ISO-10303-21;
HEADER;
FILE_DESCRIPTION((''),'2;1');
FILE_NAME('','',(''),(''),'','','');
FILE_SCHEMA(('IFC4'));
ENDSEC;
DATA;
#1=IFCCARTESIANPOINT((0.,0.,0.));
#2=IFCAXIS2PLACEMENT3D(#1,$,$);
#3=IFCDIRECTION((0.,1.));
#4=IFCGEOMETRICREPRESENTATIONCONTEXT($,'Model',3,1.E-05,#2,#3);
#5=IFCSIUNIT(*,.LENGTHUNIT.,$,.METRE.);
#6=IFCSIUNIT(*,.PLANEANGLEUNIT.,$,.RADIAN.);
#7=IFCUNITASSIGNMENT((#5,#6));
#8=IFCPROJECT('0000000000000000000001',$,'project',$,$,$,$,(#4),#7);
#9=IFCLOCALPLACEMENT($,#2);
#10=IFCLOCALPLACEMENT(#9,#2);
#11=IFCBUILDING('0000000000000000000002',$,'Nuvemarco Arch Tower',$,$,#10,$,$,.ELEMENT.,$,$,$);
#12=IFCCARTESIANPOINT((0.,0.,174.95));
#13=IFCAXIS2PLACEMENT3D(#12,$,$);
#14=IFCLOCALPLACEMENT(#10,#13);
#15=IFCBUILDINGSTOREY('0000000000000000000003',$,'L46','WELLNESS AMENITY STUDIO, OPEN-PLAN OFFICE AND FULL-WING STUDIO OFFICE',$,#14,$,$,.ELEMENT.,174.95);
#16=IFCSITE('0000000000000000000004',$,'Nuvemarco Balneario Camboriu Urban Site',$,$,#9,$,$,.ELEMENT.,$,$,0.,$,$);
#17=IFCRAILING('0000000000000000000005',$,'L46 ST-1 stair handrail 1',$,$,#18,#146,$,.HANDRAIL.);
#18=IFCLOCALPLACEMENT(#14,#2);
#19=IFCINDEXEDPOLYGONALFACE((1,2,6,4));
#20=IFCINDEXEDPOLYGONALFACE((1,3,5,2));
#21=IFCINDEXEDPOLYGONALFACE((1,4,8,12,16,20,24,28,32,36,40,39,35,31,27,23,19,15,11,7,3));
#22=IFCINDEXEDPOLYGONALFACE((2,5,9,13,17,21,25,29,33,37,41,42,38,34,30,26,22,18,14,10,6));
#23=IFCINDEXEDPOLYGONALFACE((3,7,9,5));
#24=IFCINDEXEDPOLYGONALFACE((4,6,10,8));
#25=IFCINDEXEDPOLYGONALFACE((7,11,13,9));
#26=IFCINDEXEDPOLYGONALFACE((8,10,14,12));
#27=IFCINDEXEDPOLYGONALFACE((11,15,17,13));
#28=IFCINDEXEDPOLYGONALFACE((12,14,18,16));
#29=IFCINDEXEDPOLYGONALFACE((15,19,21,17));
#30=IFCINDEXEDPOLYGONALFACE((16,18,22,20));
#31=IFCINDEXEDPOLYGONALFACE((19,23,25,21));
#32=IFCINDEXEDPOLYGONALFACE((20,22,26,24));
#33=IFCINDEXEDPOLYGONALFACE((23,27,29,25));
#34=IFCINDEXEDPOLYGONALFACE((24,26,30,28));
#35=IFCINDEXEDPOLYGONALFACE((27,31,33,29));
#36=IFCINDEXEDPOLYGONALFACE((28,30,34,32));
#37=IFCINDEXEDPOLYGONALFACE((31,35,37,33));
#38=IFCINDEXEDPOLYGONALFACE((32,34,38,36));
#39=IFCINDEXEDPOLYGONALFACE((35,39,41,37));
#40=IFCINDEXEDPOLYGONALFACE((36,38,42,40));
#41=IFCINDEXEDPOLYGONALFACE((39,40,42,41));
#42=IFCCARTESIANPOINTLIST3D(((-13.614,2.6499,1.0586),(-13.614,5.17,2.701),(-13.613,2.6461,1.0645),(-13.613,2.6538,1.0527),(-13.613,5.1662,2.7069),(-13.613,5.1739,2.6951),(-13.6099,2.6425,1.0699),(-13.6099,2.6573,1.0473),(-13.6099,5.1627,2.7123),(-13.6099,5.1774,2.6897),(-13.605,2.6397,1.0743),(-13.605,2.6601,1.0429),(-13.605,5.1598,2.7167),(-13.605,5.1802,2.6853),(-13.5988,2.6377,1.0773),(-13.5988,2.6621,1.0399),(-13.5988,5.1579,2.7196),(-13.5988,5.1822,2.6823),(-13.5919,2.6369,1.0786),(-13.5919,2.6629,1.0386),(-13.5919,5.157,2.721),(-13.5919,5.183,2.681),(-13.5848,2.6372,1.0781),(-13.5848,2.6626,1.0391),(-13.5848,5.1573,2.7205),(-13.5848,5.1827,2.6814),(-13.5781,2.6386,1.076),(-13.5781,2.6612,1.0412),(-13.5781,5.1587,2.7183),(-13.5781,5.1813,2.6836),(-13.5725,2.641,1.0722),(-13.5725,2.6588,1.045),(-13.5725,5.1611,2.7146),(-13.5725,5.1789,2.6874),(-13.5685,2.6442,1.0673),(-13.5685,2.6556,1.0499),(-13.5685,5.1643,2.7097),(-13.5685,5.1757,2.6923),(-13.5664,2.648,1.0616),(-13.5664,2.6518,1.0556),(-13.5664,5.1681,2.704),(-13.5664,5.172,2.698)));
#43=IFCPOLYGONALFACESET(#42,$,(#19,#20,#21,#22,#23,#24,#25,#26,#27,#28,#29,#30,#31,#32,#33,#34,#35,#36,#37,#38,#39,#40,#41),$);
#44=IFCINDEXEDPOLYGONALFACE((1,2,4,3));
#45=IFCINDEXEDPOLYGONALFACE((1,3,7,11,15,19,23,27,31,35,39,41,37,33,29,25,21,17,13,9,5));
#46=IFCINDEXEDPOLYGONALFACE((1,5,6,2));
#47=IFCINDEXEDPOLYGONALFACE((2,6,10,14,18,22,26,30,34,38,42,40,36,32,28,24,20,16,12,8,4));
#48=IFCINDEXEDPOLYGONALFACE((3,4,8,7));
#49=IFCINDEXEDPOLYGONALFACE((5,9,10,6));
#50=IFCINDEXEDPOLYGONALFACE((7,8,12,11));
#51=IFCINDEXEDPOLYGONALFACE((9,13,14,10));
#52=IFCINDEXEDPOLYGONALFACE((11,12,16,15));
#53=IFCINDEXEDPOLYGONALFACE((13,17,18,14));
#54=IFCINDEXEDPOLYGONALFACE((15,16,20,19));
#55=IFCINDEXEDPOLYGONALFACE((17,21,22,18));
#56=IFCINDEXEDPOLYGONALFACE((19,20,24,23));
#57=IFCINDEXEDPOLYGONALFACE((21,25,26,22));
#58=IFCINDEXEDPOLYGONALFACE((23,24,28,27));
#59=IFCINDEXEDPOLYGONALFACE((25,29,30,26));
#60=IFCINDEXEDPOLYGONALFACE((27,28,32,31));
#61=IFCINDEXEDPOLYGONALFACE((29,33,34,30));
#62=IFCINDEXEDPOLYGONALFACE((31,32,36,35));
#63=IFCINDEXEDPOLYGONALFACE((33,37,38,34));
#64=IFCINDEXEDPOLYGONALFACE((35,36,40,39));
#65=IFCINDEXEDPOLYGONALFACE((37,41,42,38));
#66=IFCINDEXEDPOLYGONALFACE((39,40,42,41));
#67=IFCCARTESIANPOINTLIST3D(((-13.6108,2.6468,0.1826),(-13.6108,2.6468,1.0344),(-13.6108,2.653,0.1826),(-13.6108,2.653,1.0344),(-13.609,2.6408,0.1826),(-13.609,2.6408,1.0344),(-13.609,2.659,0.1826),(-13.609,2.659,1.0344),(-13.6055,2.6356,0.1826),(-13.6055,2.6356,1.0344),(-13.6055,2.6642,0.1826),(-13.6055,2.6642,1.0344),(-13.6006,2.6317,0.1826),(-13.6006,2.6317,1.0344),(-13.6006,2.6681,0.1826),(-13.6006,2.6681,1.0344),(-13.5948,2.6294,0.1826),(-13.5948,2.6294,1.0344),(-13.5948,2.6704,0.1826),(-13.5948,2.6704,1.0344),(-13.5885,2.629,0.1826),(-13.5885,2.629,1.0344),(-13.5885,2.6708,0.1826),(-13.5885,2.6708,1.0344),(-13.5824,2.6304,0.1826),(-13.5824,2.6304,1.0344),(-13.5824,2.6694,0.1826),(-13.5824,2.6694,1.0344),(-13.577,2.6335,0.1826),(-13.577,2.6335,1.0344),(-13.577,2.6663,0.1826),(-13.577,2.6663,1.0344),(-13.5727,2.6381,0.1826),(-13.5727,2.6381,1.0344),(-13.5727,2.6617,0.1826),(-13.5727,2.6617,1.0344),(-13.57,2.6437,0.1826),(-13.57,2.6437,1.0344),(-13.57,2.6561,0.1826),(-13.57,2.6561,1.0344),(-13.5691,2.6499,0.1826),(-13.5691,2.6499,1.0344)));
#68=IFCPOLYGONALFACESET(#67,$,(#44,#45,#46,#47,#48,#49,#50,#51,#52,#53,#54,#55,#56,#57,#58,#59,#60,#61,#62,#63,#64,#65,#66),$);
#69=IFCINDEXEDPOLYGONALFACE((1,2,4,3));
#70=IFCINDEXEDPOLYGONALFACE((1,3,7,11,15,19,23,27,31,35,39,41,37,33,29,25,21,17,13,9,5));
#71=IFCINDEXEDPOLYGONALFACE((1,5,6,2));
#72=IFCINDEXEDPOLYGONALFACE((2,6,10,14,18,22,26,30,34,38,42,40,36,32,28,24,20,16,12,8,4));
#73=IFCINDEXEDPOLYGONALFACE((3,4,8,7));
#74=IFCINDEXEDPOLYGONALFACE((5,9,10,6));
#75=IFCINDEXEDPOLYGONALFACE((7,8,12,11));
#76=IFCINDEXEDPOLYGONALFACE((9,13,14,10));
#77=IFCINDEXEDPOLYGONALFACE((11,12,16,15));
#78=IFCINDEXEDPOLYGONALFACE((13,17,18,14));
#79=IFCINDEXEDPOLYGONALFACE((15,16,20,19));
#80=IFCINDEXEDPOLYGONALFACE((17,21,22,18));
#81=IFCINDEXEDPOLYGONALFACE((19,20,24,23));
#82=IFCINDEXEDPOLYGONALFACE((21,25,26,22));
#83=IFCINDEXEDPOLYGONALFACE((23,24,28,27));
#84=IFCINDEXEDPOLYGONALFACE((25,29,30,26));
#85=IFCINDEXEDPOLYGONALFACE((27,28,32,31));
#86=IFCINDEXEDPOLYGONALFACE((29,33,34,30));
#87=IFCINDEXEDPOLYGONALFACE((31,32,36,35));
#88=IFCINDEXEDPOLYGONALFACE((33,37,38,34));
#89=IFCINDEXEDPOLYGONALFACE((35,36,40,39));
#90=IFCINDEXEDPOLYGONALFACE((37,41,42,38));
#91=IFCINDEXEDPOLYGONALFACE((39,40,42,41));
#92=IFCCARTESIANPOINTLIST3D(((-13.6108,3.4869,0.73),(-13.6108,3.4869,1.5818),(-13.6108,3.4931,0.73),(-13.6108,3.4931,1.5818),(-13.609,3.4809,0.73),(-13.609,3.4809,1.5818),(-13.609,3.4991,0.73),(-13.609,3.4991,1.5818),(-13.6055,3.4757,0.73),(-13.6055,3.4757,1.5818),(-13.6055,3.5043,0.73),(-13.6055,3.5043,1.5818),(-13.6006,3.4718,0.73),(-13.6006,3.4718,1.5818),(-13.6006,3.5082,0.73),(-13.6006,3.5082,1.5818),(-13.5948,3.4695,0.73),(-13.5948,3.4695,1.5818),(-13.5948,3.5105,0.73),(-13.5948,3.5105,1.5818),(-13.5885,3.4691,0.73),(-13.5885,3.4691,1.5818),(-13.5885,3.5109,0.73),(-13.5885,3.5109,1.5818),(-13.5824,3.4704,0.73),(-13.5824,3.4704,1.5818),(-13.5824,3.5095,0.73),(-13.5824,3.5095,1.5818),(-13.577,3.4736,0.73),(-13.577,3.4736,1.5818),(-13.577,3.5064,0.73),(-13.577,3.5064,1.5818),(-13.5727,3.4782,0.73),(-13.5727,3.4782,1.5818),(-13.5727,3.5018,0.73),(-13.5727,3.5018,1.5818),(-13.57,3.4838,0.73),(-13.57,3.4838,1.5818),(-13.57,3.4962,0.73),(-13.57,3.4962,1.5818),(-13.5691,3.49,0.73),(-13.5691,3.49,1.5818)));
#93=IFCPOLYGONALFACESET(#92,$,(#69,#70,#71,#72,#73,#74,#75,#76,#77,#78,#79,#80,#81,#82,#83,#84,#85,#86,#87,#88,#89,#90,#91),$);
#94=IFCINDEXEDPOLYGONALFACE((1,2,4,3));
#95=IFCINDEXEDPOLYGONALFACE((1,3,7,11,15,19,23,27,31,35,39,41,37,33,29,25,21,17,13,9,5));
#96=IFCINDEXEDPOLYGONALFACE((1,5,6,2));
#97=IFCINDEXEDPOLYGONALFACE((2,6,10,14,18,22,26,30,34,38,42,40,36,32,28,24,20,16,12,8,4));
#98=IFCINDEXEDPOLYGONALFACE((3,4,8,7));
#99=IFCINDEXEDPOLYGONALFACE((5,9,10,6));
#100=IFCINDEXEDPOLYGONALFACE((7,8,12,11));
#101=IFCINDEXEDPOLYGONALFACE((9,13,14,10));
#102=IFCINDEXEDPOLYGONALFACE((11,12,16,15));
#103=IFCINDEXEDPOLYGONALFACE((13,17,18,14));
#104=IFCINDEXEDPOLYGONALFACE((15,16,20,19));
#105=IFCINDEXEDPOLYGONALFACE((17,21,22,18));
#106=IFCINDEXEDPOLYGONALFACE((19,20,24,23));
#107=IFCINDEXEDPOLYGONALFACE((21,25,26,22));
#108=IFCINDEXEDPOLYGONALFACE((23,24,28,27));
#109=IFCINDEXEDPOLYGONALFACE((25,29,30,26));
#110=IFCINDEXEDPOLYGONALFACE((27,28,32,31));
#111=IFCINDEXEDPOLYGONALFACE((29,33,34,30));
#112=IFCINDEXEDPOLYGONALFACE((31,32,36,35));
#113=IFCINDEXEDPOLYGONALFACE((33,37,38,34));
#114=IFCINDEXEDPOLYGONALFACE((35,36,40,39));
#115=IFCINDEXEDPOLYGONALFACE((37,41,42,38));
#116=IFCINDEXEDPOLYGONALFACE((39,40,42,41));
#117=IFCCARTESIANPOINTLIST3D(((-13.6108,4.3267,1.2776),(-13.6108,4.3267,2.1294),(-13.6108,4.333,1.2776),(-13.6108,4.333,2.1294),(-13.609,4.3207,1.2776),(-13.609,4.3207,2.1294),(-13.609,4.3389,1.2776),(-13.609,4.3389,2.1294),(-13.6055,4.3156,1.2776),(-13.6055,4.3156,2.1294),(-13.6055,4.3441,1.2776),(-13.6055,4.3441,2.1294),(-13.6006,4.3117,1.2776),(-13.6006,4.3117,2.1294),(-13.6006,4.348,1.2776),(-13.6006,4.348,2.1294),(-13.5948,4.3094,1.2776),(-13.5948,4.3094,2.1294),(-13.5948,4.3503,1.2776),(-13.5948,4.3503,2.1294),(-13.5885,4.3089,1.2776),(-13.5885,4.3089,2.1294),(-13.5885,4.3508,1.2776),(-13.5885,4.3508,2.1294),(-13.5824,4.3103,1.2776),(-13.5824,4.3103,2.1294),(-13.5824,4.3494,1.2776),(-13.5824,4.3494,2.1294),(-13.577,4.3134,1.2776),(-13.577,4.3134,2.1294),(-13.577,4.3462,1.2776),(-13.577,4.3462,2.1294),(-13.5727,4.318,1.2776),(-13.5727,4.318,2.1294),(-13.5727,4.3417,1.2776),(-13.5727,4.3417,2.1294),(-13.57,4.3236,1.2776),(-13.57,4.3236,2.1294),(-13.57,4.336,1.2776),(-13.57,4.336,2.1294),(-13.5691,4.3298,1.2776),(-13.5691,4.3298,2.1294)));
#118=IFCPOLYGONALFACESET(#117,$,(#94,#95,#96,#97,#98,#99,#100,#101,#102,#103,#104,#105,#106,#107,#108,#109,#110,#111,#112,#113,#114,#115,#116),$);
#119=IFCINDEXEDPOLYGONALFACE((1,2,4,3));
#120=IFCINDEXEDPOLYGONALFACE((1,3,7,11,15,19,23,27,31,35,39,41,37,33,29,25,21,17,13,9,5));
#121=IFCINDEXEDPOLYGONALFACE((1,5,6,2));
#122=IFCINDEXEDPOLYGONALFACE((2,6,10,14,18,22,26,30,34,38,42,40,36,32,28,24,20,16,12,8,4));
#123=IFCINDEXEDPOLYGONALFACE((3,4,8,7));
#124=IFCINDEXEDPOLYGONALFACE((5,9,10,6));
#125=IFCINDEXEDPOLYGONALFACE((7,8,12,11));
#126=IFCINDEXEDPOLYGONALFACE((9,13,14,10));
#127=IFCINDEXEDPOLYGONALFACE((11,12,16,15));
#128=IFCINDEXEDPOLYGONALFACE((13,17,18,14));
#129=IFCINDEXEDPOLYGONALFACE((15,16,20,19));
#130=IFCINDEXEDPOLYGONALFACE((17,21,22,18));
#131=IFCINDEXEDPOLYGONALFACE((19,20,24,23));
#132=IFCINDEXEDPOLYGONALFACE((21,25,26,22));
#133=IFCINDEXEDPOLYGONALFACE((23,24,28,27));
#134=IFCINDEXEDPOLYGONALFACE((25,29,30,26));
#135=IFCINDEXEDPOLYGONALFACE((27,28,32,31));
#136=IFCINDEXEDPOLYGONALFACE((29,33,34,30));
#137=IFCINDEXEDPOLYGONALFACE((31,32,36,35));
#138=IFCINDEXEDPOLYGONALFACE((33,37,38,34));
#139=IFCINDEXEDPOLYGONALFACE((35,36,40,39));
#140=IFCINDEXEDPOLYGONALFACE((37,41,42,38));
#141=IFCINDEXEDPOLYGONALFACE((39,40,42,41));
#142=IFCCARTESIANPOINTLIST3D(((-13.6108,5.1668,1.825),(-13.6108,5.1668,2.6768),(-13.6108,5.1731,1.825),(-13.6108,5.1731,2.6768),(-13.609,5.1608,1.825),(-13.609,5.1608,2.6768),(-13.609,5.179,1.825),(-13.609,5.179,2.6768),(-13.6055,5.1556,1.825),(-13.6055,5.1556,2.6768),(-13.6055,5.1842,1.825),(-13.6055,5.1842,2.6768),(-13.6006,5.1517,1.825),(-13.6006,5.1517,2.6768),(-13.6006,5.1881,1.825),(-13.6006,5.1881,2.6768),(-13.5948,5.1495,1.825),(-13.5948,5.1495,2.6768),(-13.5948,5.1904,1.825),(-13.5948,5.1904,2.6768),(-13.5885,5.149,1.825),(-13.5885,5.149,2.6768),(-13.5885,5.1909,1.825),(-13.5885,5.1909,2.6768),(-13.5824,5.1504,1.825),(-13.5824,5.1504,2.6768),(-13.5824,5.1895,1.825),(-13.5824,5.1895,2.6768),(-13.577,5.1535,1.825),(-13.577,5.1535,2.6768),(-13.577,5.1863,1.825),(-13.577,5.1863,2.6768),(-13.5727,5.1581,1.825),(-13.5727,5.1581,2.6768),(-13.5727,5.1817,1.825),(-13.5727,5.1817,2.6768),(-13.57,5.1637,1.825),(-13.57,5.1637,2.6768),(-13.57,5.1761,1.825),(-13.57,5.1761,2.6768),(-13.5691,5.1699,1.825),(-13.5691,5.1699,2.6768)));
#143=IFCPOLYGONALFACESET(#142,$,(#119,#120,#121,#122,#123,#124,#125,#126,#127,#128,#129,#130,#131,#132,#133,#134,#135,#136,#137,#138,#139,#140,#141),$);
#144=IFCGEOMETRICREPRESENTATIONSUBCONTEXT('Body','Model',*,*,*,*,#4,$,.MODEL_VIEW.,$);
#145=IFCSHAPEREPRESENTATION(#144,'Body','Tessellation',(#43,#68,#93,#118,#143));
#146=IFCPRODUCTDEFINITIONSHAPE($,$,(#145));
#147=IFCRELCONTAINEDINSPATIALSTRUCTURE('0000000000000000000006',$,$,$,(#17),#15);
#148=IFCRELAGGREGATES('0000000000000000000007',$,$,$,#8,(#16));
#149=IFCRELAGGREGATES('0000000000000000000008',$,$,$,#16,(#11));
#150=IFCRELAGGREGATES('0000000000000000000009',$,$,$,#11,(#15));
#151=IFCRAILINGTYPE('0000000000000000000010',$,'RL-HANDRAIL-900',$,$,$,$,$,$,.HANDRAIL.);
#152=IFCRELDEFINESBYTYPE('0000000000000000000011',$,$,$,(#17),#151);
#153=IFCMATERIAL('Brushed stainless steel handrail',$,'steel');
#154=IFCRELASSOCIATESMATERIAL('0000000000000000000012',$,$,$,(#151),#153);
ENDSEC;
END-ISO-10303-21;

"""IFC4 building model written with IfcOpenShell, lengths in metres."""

from ifc_helpers import new_model, si_unit, direction, frame, origin, origin_2d, place, context, subcontext, project, spatial, circle, extrude, material, type_object, element, save


model = new_model("IFC4")

# Units and contexts
model_context = context("Model", 3, precision=1e-05, world=origin(), true_north=direction((0.0, 1.0)))
body_context = subcontext(model_context, "Body", "Model", "MODEL_VIEW")
ifc_project = project(units=[si_unit("LENGTHUNIT", "METRE"), si_unit("PLANEANGLEUNIT", "RADIAN")], contexts=[model_context])

# Site, building, storey
site_placement = place(None, origin())
site = spatial("IfcSite", under=ifc_project, at=site_placement, Name="Nuvemarco Balneario Camboriu Urban Site", CompositionType="ELEMENT", RefElevation=0.0)
building_placement = place(site_placement, origin())
building = spatial("IfcBuilding", under=site, at=building_placement, Name="Nuvemarco Arch Tower", CompositionType="ELEMENT")
storey_placement = place(building_placement, frame((0.0, 0.0, 174.95)))
storey = spatial("IfcBuildingStorey", under=building, at=storey_placement, Name="L46", Description="WELLNESS AMENITY STUDIO, OPEN-PLAN OFFICE AND FULL-WING STUDIO OFFICE", CompositionType="ELEMENT", Elevation=174.95)

# Railing
ifc_material_1 = material(Name="Brushed stainless steel handrail", Category="steel")
railing_type_1 = type_object("IfcRailingType", Name="RL-HANDRAIL-900", PredefinedType="HANDRAIL", material=ifc_material_1)
railing_1_placement = place(storey_placement, frame((-13.5901, 2.6499, 0.1826)))
element("IfcRailing", 1, at=railing_1_placement, inside=storey, type_object=railing_type_1, Name="L46 ST-1 stair handrail 1", PredefinedType="HANDRAIL", context=body_context, shape_type="SweptSolid", body=[
    extrude(circle(Radius=0.0239, at=origin_2d()), frame((0.0, 0.0, 0.876), z_axis=(0.0, 0.837787, 0.545998), x_axis=(-1.0, 0.0, 0.0)), (0.0, 0.0, 1.0), 3.0081),
    extrude(circle(Radius=0.021, at=origin_2d()), origin(), (0.0, 0.0, 1.0), 0.8518),
    extrude(circle(Radius=0.021, at=origin_2d()), frame((0.0, 0.8401, 0.5474)), (0.0, 0.0, 1.0), 0.8518),
    extrude(circle(Radius=0.021, at=origin_2d()), frame((0.0, 1.6799, 1.095)), (0.0, 0.0, 1.0), 0.8518),
    extrude(circle(Radius=0.021, at=origin_2d()), frame((0.0, 2.52, 1.6423)), (0.0, 0.0, 1.0), 0.8518),
])

save(model, "model.ifc")
